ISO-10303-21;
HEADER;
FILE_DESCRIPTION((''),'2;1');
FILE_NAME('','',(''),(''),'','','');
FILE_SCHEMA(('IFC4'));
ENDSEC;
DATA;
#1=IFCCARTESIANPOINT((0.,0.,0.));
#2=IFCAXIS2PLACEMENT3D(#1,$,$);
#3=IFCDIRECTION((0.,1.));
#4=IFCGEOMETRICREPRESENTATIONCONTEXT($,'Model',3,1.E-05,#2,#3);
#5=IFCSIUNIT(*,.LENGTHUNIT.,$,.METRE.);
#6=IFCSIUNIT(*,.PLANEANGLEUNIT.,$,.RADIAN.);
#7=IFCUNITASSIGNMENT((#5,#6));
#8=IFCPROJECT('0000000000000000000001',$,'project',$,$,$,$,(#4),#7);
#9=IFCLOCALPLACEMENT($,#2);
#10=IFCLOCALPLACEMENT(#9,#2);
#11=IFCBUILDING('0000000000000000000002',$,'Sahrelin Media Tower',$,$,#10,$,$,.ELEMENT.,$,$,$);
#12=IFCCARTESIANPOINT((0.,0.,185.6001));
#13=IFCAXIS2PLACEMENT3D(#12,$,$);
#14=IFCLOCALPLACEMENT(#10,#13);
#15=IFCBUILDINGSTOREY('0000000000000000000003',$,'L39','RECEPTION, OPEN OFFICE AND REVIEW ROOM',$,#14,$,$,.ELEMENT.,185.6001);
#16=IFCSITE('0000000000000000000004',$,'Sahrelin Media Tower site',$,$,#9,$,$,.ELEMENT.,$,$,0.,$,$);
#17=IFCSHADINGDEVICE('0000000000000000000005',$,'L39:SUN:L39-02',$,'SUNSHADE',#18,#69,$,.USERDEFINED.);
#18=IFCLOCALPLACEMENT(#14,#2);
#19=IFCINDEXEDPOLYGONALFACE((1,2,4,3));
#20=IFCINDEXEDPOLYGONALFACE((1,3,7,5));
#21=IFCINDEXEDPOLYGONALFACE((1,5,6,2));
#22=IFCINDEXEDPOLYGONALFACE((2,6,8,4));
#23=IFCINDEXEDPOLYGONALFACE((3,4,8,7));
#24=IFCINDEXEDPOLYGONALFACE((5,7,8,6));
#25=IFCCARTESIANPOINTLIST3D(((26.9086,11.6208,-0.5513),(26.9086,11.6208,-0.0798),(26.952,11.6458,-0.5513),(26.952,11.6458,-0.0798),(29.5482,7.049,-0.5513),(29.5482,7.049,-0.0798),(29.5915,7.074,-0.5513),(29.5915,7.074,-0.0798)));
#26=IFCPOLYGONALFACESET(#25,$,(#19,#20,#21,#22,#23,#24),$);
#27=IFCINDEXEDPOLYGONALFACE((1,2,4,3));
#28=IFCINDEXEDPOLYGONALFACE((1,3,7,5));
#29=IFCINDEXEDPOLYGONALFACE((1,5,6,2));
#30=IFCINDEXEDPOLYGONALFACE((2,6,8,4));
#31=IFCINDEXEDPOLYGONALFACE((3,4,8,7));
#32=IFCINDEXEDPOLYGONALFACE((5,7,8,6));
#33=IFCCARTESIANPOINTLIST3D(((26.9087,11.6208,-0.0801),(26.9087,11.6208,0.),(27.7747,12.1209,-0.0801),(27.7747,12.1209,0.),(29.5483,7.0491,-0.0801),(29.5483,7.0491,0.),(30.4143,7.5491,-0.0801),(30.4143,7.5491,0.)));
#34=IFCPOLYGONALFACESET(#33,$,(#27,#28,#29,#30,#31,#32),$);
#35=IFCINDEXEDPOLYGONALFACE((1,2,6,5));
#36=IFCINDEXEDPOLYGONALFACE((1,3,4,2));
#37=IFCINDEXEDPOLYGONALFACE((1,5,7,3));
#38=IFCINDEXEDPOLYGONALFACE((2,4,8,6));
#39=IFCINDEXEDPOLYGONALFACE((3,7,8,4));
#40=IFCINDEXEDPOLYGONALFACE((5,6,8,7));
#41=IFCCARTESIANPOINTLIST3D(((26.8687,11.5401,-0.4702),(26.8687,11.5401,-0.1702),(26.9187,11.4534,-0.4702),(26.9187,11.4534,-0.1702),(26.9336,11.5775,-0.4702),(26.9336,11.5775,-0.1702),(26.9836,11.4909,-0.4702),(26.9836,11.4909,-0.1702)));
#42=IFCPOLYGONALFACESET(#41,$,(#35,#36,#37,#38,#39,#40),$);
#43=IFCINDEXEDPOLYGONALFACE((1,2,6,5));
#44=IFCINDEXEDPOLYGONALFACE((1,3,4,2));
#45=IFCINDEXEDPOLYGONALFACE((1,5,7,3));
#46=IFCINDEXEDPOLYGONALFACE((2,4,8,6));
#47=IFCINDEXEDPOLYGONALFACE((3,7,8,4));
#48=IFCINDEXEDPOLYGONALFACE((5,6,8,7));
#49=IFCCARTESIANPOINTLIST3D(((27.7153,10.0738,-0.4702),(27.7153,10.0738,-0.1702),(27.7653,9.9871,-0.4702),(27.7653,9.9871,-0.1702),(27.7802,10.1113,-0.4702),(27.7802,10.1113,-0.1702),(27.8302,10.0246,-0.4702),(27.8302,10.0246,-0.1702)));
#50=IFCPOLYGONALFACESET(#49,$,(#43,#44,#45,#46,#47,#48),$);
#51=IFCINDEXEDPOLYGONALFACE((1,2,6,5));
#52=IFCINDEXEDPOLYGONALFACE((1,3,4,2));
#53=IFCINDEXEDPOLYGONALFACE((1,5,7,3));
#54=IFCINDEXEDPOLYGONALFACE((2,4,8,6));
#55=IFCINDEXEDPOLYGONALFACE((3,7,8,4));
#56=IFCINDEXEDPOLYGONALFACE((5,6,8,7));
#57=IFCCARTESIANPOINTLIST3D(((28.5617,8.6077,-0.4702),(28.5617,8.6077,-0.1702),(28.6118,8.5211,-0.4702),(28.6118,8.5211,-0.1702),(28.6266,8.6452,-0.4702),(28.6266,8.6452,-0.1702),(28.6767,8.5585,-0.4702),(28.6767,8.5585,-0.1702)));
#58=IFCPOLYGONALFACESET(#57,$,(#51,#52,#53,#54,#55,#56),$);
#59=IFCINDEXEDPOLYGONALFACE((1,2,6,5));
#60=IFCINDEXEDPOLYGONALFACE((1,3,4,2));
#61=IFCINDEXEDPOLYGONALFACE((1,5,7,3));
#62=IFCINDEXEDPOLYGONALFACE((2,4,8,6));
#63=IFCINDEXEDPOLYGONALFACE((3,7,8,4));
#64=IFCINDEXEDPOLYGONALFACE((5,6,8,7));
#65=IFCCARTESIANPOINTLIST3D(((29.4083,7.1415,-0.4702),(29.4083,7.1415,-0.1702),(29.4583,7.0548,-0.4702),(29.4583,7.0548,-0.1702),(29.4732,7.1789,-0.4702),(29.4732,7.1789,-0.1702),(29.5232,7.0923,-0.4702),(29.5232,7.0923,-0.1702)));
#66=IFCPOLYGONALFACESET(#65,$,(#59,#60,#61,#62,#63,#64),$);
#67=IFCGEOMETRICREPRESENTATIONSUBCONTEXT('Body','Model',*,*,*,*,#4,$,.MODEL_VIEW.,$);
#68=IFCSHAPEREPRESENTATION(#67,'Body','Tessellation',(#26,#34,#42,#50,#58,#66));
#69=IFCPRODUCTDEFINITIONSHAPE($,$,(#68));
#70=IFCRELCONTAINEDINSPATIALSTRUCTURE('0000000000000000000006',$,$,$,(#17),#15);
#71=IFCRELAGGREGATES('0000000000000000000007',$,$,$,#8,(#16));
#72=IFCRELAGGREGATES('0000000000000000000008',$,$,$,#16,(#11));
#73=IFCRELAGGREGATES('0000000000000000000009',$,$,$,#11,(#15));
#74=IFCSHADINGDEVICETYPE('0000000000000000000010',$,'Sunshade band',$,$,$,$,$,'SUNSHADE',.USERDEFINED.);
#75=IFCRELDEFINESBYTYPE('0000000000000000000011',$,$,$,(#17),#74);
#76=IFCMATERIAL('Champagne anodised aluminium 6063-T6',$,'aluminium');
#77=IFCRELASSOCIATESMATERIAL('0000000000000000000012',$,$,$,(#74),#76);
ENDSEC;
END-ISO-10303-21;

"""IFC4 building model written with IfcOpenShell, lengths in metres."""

from ifc_helpers import new_model, si_unit, direction, frame, origin, origin_2d, place, context, subcontext, project, spatial, rectangle, extrude, material, type_object, element, save


model = new_model("IFC4")

# Units and contexts
model_context = context("Model", 3, precision=1e-05, world=origin(), true_north=direction((0.0, 1.0)))
body_context = subcontext(model_context, "Body", "Model", "MODEL_VIEW")
ifc_project = project(units=[si_unit("LENGTHUNIT", "METRE"), si_unit("PLANEANGLEUNIT", "RADIAN")], contexts=[model_context])

# Site, building, storey
site_placement = place(None, origin())
site = spatial("IfcSite", under=ifc_project, at=site_placement, Name="Sahrelin Media Tower site", CompositionType="ELEMENT", RefElevation=0.0)
building_placement = place(site_placement, origin())
building = spatial("IfcBuilding", under=site, at=building_placement, Name="Sahrelin Media Tower", CompositionType="ELEMENT")
storey_placement = place(building_placement, frame((0.0, 0.0, 185.6001)))
storey = spatial("IfcBuildingStorey", under=building, at=storey_placement, Name="L39", Description="RECEPTION, OPEN OFFICE AND REVIEW ROOM", CompositionType="ELEMENT", Elevation=185.6001)

# Shared definitions
ifc_material_1 = material(Name="Champagne anodised aluminium 6063-T6", Category="aluminium")

# Shading device
shading_device_type_1 = type_object("IfcShadingDeviceType", Name="Sunshade band", ElementType="SUNSHADE", PredefinedType="USERDEFINED", material=ifc_material_1)
shading_device_1_placement = place(storey_placement, frame((28.2112, 9.325, 0.0), z_axis=(0.0, 0.0, 1.0), x_axis=(0.500011, -0.866019, 0.0)))
element("IfcShadingDevice", 1, at=shading_device_1_placement, inside=storey, type_object=shading_device_type_1, Name="L39:SUN:L39-02", ObjectType="SUNSHADE", PredefinedType="USERDEFINED", context=body_context, shape_type="SweptSolid", body=[
    extrude(rectangle(XDim=5.2791, YDim=0.05, at=origin_2d()), frame((0.0, 0.0449, -0.5513)), (0.0, 0.0, 1.0), 0.4714),
    extrude(rectangle(XDim=5.2791, YDim=1.0, at=origin_2d()), frame((0.0, 0.52, -0.0801)), (0.0, 0.0, 1.0), 0.0801),
    extrude(rectangle(XDim=0.1001, YDim=0.075, at=origin_2d()), frame((-2.5396, -0.0176, -0.4702)), (0.0, 0.0, 1.0), 0.3),
    extrude(rectangle(XDim=0.1001, YDim=0.075, at=origin_2d()), frame((-0.8464, -0.0176, -0.4702)), (0.0, 0.0, 1.0), 0.3),
    extrude(rectangle(XDim=0.1001, YDim=0.075, at=origin_2d()), frame((0.8464, -0.0176, -0.4702)), (0.0, 0.0, 1.0), 0.3),
    extrude(rectangle(XDim=0.1001, YDim=0.075, at=origin_2d()), frame((2.5396, -0.0176, -0.4702)), (0.0, 0.0, 1.0), 0.3),
])

save(model, "model.ifc")
